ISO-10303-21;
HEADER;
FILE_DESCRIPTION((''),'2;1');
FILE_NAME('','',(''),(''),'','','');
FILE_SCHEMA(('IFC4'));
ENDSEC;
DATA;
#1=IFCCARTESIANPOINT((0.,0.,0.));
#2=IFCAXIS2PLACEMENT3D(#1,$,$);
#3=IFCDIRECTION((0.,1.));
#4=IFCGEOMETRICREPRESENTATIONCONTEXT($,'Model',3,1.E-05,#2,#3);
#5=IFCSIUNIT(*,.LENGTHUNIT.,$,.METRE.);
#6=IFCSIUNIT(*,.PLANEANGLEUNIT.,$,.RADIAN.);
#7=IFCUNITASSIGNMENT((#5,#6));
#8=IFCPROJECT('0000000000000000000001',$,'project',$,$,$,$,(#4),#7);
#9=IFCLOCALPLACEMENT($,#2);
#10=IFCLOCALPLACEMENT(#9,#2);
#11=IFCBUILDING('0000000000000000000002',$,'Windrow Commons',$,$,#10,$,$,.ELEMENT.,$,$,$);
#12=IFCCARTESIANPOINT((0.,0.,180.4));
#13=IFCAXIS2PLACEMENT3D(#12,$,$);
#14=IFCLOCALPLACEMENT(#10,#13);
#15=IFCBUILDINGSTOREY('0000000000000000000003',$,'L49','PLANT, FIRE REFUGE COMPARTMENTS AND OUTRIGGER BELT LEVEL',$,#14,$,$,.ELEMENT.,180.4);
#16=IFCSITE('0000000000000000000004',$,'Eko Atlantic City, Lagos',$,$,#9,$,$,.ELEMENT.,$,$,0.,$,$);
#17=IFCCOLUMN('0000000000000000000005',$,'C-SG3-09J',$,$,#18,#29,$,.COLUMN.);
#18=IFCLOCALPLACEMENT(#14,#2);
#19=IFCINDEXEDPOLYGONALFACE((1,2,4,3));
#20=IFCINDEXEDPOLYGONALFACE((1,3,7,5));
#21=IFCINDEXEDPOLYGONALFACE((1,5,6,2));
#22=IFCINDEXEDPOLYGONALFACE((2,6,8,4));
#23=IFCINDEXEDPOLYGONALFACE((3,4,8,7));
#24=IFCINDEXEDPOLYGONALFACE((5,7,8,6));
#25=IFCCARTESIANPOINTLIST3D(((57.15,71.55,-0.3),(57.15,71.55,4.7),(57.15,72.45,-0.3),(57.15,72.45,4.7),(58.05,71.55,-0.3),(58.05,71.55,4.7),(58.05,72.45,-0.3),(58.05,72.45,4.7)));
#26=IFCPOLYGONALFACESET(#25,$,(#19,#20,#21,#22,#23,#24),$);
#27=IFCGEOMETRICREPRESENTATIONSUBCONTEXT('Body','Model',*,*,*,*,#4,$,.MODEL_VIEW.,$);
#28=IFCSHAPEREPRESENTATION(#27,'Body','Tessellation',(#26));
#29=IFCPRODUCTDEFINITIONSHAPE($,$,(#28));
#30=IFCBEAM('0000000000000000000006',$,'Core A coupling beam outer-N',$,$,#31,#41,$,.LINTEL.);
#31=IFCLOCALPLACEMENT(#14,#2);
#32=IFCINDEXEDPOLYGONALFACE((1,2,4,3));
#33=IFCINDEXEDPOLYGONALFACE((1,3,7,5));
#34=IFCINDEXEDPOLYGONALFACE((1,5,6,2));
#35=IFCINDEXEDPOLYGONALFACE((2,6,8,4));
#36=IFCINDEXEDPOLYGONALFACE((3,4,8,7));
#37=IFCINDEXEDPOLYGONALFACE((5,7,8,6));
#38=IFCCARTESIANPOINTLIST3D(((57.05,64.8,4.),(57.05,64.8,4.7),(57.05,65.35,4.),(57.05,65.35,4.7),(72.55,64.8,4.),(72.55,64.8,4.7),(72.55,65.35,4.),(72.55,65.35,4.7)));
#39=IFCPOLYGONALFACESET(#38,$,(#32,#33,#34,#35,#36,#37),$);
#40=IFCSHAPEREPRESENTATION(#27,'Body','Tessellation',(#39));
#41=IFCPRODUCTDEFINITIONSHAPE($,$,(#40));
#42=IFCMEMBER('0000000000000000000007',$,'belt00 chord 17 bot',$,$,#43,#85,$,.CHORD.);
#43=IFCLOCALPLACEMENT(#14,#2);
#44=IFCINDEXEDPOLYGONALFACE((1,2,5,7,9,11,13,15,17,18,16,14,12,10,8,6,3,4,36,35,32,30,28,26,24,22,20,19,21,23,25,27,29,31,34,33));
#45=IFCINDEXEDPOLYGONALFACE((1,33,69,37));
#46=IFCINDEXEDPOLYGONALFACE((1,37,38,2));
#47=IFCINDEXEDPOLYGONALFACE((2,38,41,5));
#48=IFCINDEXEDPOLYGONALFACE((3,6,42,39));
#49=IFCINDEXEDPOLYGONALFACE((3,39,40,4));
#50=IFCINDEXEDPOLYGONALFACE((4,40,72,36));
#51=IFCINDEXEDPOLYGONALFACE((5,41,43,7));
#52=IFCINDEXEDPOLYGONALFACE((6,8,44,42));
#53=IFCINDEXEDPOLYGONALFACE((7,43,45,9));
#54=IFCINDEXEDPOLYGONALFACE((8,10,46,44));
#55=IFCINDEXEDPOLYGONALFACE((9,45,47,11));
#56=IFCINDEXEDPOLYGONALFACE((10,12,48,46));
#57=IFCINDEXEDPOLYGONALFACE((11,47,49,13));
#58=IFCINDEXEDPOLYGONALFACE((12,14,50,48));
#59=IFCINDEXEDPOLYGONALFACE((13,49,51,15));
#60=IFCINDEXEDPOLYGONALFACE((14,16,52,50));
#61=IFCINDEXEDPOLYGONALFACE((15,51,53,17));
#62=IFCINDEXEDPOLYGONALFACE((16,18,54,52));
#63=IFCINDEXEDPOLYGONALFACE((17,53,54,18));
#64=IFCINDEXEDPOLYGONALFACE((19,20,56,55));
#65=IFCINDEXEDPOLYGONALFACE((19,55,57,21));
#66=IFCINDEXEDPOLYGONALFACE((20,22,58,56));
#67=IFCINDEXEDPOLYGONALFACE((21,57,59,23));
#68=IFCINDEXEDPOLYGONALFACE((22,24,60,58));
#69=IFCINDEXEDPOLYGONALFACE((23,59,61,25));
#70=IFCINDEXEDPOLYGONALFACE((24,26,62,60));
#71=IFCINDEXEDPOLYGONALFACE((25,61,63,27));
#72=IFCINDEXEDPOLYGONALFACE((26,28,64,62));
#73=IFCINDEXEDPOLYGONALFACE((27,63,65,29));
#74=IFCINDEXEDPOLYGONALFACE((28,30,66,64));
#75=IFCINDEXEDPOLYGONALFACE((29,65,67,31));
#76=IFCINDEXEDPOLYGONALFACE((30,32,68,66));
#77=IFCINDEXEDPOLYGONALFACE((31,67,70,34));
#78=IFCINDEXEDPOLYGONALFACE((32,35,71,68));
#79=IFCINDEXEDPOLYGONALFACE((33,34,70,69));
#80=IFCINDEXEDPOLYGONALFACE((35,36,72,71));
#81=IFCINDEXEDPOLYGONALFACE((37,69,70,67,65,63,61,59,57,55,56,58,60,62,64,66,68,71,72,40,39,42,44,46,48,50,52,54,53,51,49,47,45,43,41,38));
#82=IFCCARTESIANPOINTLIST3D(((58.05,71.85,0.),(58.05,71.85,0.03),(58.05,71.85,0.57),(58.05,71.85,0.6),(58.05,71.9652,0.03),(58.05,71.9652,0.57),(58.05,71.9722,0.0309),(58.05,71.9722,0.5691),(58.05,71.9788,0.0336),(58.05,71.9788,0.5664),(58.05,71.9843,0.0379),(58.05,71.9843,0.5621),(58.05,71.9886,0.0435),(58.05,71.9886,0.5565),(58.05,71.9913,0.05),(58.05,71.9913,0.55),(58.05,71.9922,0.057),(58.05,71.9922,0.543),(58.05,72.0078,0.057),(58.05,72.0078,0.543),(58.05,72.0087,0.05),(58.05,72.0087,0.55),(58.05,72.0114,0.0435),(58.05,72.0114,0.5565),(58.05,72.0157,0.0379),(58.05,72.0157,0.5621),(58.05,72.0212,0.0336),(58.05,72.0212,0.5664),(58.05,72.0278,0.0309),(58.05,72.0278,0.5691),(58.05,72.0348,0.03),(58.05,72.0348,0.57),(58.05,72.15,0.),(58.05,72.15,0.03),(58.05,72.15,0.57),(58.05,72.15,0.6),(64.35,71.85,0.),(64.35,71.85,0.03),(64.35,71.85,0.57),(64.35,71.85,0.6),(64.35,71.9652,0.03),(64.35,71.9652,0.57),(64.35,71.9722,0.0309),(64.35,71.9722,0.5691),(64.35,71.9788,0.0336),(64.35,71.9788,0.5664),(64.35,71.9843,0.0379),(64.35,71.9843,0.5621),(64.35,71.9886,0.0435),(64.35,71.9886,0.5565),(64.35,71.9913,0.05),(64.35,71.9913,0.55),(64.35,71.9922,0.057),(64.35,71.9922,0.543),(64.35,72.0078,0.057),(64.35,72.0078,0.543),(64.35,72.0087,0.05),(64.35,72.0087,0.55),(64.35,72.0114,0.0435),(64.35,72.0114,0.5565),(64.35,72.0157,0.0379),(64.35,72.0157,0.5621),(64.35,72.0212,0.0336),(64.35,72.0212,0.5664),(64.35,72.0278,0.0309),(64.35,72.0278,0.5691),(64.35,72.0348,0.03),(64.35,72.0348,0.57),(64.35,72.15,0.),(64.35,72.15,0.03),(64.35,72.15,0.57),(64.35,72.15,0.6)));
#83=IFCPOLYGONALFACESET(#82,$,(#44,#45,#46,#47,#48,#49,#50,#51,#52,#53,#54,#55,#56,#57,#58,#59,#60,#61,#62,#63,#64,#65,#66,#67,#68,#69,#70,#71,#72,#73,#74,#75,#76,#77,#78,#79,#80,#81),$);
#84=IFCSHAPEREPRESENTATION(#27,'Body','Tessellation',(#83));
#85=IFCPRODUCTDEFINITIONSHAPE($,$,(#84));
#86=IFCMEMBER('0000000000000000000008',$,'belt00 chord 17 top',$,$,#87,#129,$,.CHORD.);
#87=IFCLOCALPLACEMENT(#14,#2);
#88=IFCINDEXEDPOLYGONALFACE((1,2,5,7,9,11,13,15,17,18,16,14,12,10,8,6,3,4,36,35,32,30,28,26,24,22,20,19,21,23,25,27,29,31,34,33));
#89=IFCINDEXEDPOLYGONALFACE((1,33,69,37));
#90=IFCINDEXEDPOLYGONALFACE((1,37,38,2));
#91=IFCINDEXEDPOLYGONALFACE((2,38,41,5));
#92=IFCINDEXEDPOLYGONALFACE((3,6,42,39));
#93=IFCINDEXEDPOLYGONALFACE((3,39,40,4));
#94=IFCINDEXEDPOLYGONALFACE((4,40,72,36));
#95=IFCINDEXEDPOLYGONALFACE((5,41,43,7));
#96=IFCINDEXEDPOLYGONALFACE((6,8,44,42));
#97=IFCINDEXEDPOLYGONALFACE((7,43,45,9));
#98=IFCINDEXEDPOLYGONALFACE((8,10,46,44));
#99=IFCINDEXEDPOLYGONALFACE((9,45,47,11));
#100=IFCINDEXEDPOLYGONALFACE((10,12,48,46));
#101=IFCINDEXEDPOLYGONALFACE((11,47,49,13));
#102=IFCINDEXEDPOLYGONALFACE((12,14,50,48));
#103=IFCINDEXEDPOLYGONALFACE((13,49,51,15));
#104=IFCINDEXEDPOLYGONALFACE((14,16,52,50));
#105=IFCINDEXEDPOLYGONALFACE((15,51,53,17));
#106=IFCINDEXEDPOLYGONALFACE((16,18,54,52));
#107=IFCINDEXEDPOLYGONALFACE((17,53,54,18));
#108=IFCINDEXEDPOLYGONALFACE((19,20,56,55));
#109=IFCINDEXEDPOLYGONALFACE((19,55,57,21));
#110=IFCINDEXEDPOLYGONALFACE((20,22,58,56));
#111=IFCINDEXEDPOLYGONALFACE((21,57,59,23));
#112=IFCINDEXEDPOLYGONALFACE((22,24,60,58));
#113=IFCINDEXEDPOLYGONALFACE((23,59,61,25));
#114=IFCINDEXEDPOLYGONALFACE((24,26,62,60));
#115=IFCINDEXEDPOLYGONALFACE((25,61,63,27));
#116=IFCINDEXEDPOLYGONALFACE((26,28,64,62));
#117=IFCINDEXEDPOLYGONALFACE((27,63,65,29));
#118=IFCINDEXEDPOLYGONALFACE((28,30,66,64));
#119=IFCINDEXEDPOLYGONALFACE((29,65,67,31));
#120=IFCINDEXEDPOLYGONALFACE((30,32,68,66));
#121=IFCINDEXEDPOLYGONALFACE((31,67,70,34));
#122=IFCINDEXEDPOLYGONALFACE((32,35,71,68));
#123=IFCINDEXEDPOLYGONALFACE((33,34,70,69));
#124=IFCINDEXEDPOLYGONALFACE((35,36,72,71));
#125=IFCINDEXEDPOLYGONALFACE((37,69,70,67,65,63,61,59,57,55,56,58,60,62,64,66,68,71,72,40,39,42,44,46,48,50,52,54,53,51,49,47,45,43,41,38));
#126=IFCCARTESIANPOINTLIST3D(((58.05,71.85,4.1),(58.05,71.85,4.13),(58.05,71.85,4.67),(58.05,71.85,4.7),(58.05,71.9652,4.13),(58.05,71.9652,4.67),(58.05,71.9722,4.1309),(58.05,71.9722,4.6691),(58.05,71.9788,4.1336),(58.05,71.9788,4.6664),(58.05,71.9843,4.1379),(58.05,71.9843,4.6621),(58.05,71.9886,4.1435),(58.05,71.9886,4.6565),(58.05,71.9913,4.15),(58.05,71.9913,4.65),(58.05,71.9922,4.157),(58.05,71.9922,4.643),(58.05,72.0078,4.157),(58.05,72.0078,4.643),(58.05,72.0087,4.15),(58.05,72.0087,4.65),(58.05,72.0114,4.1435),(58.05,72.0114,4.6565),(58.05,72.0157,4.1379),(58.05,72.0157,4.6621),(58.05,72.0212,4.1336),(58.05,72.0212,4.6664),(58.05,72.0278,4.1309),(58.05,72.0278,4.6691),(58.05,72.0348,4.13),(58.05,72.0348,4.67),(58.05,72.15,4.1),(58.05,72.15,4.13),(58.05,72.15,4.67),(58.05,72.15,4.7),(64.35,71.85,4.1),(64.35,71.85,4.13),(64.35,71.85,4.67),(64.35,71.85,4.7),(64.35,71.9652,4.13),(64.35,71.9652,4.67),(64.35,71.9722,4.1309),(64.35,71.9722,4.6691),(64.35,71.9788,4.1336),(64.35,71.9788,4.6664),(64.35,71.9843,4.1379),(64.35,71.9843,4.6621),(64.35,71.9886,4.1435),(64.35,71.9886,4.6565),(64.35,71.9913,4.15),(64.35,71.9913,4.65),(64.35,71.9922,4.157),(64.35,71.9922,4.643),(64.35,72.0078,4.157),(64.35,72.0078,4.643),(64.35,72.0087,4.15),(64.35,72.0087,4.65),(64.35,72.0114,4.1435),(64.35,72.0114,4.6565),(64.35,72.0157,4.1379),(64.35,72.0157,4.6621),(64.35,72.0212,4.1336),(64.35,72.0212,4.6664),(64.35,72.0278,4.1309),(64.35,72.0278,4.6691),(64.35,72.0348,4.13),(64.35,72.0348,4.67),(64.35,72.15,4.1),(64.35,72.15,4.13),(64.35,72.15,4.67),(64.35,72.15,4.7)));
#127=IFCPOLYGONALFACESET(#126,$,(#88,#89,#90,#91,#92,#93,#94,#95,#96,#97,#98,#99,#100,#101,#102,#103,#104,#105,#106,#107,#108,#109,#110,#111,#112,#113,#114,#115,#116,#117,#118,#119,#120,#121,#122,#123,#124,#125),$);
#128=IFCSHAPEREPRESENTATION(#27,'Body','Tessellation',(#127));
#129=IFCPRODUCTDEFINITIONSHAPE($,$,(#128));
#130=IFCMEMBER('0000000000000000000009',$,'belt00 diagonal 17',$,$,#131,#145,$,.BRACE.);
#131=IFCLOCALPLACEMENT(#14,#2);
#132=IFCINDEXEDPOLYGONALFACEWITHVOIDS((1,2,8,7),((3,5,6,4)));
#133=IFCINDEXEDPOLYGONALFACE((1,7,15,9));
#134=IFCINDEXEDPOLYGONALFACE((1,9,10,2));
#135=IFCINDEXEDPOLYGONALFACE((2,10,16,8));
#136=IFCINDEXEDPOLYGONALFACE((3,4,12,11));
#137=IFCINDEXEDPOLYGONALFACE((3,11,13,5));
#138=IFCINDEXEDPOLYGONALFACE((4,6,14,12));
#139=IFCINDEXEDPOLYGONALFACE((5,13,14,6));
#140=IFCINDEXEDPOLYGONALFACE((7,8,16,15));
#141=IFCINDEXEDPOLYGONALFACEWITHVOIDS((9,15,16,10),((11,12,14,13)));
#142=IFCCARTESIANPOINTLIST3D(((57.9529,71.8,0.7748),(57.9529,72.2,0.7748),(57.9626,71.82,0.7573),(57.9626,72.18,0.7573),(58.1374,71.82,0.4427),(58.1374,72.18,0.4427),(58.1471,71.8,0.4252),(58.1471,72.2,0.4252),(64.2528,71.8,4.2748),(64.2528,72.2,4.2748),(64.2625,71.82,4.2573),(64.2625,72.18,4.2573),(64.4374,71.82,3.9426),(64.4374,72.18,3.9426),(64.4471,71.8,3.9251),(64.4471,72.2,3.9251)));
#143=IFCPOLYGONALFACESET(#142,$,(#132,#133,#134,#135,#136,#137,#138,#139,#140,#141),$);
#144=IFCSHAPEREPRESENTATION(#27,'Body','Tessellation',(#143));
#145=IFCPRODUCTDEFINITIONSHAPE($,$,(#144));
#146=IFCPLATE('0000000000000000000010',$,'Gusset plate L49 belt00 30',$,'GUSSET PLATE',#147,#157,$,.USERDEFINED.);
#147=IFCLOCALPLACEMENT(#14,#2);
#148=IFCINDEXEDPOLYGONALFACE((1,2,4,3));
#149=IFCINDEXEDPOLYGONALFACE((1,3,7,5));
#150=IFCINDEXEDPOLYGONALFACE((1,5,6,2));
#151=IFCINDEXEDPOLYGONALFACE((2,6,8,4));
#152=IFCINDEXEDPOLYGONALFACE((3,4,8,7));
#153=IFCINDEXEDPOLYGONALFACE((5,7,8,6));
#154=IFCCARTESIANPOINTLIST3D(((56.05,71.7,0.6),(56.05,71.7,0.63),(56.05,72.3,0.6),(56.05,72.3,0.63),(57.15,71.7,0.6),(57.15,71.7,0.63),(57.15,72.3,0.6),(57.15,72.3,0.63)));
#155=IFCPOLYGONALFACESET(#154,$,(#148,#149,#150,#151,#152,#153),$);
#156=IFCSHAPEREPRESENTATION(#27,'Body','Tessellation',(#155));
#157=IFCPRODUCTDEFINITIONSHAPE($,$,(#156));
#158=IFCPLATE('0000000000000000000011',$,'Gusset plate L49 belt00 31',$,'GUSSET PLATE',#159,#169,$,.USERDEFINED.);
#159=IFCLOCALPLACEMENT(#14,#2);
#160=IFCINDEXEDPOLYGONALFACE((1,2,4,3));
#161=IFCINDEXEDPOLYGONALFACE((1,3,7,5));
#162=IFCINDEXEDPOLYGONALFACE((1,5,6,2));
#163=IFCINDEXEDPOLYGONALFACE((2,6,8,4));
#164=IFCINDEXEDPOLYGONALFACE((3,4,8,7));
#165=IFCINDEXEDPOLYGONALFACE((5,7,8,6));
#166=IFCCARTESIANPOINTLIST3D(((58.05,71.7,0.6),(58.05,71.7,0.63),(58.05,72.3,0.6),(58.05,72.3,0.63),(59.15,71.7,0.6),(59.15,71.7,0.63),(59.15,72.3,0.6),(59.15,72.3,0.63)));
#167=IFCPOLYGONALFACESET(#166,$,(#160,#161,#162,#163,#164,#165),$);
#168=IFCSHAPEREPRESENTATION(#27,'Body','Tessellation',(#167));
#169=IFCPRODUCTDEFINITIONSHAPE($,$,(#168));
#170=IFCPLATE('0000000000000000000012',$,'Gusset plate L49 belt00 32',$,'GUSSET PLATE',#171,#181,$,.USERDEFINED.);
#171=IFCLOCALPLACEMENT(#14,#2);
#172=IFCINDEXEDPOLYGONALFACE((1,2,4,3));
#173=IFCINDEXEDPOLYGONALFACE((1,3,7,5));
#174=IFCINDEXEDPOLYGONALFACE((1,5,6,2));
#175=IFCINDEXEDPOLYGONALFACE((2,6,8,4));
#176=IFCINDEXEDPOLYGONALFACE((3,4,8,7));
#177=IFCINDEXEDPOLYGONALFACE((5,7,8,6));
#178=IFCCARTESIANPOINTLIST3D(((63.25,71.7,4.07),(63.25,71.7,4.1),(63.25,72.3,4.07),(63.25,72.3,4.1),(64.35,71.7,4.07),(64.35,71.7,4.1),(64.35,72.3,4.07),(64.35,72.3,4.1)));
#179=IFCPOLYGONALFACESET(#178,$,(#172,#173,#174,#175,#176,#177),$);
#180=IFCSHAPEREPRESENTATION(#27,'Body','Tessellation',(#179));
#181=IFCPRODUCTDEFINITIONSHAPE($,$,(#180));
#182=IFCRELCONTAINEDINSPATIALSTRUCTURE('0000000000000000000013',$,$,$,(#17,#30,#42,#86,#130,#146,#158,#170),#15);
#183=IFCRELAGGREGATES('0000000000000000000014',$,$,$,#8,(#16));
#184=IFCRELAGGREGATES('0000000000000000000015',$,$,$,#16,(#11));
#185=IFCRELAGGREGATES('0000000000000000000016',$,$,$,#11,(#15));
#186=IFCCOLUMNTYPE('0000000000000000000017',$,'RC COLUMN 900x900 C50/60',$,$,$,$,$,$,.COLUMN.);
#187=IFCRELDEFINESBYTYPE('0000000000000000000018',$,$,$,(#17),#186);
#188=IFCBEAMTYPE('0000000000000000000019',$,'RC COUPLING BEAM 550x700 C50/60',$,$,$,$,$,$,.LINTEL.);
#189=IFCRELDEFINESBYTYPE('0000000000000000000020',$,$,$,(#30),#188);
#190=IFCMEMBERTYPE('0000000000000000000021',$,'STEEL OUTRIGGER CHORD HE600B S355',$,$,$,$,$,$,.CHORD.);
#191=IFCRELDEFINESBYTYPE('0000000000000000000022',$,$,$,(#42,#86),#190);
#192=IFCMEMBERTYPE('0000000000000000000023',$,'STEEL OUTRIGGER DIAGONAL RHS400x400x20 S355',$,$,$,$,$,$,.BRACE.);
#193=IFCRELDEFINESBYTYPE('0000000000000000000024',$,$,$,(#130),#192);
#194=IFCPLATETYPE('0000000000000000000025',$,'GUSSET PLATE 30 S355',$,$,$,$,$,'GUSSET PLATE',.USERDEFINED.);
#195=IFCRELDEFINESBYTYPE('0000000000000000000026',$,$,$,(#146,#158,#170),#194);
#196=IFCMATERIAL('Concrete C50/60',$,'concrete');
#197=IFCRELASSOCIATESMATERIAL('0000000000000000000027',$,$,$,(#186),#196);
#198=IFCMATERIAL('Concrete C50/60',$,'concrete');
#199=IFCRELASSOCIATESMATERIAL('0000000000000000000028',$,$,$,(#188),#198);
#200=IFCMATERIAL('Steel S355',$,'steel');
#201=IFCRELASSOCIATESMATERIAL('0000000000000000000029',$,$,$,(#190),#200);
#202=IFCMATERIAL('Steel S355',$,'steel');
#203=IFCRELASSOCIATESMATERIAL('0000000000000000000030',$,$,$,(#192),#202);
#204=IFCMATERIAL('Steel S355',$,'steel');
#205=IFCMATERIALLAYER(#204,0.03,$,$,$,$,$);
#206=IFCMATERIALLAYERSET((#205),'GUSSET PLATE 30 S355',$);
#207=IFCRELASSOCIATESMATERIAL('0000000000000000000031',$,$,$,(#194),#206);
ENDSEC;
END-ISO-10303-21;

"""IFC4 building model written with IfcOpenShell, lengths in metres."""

from ifc_helpers import new_model, si_unit, direction, frame, origin, origin_2d, place, context, subcontext, project, spatial, rectangle, hollow_rectangle, i_section, extrude, material, layer, layer_set, material_profile, profile_set, type_object, element, save


model = new_model("IFC4")

# Units and contexts
model_context = context("Model", 3, precision=1e-05, world=origin(), true_north=direction((0.0, 1.0)))
body_context = subcontext(model_context, "Body", "Model", "MODEL_VIEW")
ifc_project = project(units=[si_unit("LENGTHUNIT", "METRE"), si_unit("PLANEANGLEUNIT", "RADIAN")], contexts=[model_context])

# Site, building, storey
site_placement = place(None, origin())
site = spatial("IfcSite", under=ifc_project, at=site_placement, Name="Eko Atlantic City, Lagos", CompositionType="ELEMENT", RefElevation=0.0)
building_placement = place(site_placement, origin())
building = spatial("IfcBuilding", under=site, at=building_placement, Name="Windrow Commons", CompositionType="ELEMENT")
storey_placement = place(building_placement, frame((0.0, 0.0, 180.4)))
storey = spatial("IfcBuildingStorey", under=building, at=storey_placement, Name="L49", Description="PLANT, FIRE REFUGE COMPARTMENTS AND OUTRIGGER BELT LEVEL", CompositionType="ELEMENT", Elevation=180.4)

# Column
ifc_material_1 = material(Name="Concrete C50/60", Category="concrete")
ifc_material_profile_1 = material_profile(ifc_material_1, rectangle(XDim=0.9, YDim=0.9, at=origin_2d()))
ifc_profile_set_1 = profile_set([ifc_material_profile_1], Name="Concrete C50/60")
column_type = type_object("IfcColumnType", Name="RC COLUMN 900x900 C50/60", PredefinedType="COLUMN", material=ifc_profile_set_1)
column_placement = place(storey_placement, frame((57.6, 72.0, -0.3), z_axis=(0.0, 0.0, 1.0), x_axis=(1.0, 0.0, 0.0)))
element("IfcColumn", 1, at=column_placement, inside=storey, type_object=column_type, Name="C-SG3-09J", PredefinedType="COLUMN", context=body_context, shape_type="SweptSolid", body=[
    extrude(rectangle(XDim=0.9, YDim=0.9, at=origin_2d()), origin(), (0.0, 0.0, 1.0), 5.0),
])

# Beam
ifc_material_2 = material(Name="Concrete C50/60", Category="concrete")
ifc_material_profile_2 = material_profile(ifc_material_2, rectangle(XDim=0.55, YDim=0.7, at=origin_2d()))
ifc_profile_set_2 = profile_set([ifc_material_profile_2], Name="Concrete C50/60")
beam_type = type_object("IfcBeamType", Name="RC COUPLING BEAM 550x700 C50/60", PredefinedType="LINTEL", material=ifc_profile_set_2)
beam_placement = place(storey_placement, frame((57.05, 65.075, 4.35), z_axis=(1.0, 0.0, 0.0), x_axis=(0.0, 1.0, 0.0)))
element("IfcBeam", 2, at=beam_placement, inside=storey, type_object=beam_type, Name="Core A coupling beam outer-N", PredefinedType="LINTEL", context=body_context, shape_type="SweptSolid", body=[
    extrude(rectangle(XDim=0.55, YDim=0.7, at=origin_2d()), origin(), (0.0, 0.0, 1.0), 15.5),
])

# Members
ifc_material_3 = material(Name="Steel S355", Category="steel")
ifc_material_profile_3 = material_profile(ifc_material_3, i_section(OverallWidth=0.3, OverallDepth=0.6, WebThickness=0.0155, FlangeThickness=0.03, FilletRadius=0.027, at=origin_2d()))
ifc_profile_set_3 = profile_set([ifc_material_profile_3], Name="Steel S355")
member_type_1 = type_object("IfcMemberType", Name="STEEL OUTRIGGER CHORD HE600B S355", PredefinedType="CHORD", material=ifc_profile_set_3)
for number, where, z_axis, x_axis, name in (
    (3, (58.05, 72.0, 0.3), (1.0, 0.0, 0.0), (0.0, 1.0, 0.0), "belt00 chord 17 bot"),
    (4, (58.05, 72.0, 4.4), (1.0, 0.0, 0.0), (0.0, 1.0, 0.0), "belt00 chord 17 top"),
):
    element("IfcMember", number, at=place(storey_placement, frame(where, z_axis=z_axis, x_axis=x_axis)), inside=storey, type_object=member_type_1, Name=name, PredefinedType="CHORD", context=body_context, shape_type="SweptSolid", body=[
        extrude(i_section(OverallWidth=0.3, OverallDepth=0.6, WebThickness=0.0155, FlangeThickness=0.03, FilletRadius=0.027, at=origin_2d()), origin(), (0.0, 0.0, 1.0), 6.3),
    ])
ifc_material_4 = material(Name="Steel S355", Category="steel")
ifc_material_profile_4 = material_profile(ifc_material_4, hollow_rectangle(XDim=0.4, YDim=0.4, WallThickness=0.02, at=origin_2d()))
ifc_profile_set_4 = profile_set([ifc_material_profile_4], Name="Steel S355")
member_type_2 = type_object("IfcMemberType", Name="STEEL OUTRIGGER DIAGONAL RHS400x400x20 S355", PredefinedType="BRACE", material=ifc_profile_set_4)
member_placement = place(storey_placement, frame((58.05, 72.0, 0.6), z_axis=(0.874157, 0.0, 0.485643), x_axis=(0.0, 1.0, 0.0)))
element("IfcMember", 5, at=member_placement, inside=storey, type_object=member_type_2, Name="belt00 diagonal 17", PredefinedType="BRACE", context=body_context, shape_type="SweptSolid", body=[
    extrude(hollow_rectangle(XDim=0.4, YDim=0.4, WallThickness=0.02, at=origin_2d()), origin(), (0.0, 0.0, 1.0), 7.2069),
])

# Plates
ifc_material_5 = material(Name="Steel S355", Category="steel")
ifc_layer_1 = layer(ifc_material_5, 0.03)
ifc_layer_set_1 = layer_set([ifc_layer_1], Name="GUSSET PLATE 30 S355")
plate_type = type_object("IfcPlateType", Name="GUSSET PLATE 30 S355", ElementType="GUSSET PLATE", PredefinedType="USERDEFINED", material=ifc_layer_set_1)
for number, where, z_axis, x_axis, name in (
    (6, (56.6, 72.0, 0.6), (0.0, 0.0, 1.0), (1.0, 0.0, 0.0), "Gusset plate L49 belt00 30"),
    (7, (58.6, 72.0, 0.6), (0.0, 0.0, 1.0), (1.0, 0.0, 0.0), "Gusset plate L49 belt00 31"),
    (8, (63.8, 72.0, 4.07), (0.0, 0.0, 1.0), (1.0, 0.0, 0.0), "Gusset plate L49 belt00 32"),
):
    element("IfcPlate", number, at=place(storey_placement, frame(where, z_axis=z_axis, x_axis=x_axis)), inside=storey, type_object=plate_type, Name=name, ObjectType="GUSSET PLATE", PredefinedType="USERDEFINED", context=body_context, shape_type="SweptSolid", body=[
        extrude(rectangle(XDim=1.1, YDim=0.6, at=origin_2d()), origin(), (0.0, 0.0, 1.0), 0.03),
    ])

save(model, "model.ifc")
